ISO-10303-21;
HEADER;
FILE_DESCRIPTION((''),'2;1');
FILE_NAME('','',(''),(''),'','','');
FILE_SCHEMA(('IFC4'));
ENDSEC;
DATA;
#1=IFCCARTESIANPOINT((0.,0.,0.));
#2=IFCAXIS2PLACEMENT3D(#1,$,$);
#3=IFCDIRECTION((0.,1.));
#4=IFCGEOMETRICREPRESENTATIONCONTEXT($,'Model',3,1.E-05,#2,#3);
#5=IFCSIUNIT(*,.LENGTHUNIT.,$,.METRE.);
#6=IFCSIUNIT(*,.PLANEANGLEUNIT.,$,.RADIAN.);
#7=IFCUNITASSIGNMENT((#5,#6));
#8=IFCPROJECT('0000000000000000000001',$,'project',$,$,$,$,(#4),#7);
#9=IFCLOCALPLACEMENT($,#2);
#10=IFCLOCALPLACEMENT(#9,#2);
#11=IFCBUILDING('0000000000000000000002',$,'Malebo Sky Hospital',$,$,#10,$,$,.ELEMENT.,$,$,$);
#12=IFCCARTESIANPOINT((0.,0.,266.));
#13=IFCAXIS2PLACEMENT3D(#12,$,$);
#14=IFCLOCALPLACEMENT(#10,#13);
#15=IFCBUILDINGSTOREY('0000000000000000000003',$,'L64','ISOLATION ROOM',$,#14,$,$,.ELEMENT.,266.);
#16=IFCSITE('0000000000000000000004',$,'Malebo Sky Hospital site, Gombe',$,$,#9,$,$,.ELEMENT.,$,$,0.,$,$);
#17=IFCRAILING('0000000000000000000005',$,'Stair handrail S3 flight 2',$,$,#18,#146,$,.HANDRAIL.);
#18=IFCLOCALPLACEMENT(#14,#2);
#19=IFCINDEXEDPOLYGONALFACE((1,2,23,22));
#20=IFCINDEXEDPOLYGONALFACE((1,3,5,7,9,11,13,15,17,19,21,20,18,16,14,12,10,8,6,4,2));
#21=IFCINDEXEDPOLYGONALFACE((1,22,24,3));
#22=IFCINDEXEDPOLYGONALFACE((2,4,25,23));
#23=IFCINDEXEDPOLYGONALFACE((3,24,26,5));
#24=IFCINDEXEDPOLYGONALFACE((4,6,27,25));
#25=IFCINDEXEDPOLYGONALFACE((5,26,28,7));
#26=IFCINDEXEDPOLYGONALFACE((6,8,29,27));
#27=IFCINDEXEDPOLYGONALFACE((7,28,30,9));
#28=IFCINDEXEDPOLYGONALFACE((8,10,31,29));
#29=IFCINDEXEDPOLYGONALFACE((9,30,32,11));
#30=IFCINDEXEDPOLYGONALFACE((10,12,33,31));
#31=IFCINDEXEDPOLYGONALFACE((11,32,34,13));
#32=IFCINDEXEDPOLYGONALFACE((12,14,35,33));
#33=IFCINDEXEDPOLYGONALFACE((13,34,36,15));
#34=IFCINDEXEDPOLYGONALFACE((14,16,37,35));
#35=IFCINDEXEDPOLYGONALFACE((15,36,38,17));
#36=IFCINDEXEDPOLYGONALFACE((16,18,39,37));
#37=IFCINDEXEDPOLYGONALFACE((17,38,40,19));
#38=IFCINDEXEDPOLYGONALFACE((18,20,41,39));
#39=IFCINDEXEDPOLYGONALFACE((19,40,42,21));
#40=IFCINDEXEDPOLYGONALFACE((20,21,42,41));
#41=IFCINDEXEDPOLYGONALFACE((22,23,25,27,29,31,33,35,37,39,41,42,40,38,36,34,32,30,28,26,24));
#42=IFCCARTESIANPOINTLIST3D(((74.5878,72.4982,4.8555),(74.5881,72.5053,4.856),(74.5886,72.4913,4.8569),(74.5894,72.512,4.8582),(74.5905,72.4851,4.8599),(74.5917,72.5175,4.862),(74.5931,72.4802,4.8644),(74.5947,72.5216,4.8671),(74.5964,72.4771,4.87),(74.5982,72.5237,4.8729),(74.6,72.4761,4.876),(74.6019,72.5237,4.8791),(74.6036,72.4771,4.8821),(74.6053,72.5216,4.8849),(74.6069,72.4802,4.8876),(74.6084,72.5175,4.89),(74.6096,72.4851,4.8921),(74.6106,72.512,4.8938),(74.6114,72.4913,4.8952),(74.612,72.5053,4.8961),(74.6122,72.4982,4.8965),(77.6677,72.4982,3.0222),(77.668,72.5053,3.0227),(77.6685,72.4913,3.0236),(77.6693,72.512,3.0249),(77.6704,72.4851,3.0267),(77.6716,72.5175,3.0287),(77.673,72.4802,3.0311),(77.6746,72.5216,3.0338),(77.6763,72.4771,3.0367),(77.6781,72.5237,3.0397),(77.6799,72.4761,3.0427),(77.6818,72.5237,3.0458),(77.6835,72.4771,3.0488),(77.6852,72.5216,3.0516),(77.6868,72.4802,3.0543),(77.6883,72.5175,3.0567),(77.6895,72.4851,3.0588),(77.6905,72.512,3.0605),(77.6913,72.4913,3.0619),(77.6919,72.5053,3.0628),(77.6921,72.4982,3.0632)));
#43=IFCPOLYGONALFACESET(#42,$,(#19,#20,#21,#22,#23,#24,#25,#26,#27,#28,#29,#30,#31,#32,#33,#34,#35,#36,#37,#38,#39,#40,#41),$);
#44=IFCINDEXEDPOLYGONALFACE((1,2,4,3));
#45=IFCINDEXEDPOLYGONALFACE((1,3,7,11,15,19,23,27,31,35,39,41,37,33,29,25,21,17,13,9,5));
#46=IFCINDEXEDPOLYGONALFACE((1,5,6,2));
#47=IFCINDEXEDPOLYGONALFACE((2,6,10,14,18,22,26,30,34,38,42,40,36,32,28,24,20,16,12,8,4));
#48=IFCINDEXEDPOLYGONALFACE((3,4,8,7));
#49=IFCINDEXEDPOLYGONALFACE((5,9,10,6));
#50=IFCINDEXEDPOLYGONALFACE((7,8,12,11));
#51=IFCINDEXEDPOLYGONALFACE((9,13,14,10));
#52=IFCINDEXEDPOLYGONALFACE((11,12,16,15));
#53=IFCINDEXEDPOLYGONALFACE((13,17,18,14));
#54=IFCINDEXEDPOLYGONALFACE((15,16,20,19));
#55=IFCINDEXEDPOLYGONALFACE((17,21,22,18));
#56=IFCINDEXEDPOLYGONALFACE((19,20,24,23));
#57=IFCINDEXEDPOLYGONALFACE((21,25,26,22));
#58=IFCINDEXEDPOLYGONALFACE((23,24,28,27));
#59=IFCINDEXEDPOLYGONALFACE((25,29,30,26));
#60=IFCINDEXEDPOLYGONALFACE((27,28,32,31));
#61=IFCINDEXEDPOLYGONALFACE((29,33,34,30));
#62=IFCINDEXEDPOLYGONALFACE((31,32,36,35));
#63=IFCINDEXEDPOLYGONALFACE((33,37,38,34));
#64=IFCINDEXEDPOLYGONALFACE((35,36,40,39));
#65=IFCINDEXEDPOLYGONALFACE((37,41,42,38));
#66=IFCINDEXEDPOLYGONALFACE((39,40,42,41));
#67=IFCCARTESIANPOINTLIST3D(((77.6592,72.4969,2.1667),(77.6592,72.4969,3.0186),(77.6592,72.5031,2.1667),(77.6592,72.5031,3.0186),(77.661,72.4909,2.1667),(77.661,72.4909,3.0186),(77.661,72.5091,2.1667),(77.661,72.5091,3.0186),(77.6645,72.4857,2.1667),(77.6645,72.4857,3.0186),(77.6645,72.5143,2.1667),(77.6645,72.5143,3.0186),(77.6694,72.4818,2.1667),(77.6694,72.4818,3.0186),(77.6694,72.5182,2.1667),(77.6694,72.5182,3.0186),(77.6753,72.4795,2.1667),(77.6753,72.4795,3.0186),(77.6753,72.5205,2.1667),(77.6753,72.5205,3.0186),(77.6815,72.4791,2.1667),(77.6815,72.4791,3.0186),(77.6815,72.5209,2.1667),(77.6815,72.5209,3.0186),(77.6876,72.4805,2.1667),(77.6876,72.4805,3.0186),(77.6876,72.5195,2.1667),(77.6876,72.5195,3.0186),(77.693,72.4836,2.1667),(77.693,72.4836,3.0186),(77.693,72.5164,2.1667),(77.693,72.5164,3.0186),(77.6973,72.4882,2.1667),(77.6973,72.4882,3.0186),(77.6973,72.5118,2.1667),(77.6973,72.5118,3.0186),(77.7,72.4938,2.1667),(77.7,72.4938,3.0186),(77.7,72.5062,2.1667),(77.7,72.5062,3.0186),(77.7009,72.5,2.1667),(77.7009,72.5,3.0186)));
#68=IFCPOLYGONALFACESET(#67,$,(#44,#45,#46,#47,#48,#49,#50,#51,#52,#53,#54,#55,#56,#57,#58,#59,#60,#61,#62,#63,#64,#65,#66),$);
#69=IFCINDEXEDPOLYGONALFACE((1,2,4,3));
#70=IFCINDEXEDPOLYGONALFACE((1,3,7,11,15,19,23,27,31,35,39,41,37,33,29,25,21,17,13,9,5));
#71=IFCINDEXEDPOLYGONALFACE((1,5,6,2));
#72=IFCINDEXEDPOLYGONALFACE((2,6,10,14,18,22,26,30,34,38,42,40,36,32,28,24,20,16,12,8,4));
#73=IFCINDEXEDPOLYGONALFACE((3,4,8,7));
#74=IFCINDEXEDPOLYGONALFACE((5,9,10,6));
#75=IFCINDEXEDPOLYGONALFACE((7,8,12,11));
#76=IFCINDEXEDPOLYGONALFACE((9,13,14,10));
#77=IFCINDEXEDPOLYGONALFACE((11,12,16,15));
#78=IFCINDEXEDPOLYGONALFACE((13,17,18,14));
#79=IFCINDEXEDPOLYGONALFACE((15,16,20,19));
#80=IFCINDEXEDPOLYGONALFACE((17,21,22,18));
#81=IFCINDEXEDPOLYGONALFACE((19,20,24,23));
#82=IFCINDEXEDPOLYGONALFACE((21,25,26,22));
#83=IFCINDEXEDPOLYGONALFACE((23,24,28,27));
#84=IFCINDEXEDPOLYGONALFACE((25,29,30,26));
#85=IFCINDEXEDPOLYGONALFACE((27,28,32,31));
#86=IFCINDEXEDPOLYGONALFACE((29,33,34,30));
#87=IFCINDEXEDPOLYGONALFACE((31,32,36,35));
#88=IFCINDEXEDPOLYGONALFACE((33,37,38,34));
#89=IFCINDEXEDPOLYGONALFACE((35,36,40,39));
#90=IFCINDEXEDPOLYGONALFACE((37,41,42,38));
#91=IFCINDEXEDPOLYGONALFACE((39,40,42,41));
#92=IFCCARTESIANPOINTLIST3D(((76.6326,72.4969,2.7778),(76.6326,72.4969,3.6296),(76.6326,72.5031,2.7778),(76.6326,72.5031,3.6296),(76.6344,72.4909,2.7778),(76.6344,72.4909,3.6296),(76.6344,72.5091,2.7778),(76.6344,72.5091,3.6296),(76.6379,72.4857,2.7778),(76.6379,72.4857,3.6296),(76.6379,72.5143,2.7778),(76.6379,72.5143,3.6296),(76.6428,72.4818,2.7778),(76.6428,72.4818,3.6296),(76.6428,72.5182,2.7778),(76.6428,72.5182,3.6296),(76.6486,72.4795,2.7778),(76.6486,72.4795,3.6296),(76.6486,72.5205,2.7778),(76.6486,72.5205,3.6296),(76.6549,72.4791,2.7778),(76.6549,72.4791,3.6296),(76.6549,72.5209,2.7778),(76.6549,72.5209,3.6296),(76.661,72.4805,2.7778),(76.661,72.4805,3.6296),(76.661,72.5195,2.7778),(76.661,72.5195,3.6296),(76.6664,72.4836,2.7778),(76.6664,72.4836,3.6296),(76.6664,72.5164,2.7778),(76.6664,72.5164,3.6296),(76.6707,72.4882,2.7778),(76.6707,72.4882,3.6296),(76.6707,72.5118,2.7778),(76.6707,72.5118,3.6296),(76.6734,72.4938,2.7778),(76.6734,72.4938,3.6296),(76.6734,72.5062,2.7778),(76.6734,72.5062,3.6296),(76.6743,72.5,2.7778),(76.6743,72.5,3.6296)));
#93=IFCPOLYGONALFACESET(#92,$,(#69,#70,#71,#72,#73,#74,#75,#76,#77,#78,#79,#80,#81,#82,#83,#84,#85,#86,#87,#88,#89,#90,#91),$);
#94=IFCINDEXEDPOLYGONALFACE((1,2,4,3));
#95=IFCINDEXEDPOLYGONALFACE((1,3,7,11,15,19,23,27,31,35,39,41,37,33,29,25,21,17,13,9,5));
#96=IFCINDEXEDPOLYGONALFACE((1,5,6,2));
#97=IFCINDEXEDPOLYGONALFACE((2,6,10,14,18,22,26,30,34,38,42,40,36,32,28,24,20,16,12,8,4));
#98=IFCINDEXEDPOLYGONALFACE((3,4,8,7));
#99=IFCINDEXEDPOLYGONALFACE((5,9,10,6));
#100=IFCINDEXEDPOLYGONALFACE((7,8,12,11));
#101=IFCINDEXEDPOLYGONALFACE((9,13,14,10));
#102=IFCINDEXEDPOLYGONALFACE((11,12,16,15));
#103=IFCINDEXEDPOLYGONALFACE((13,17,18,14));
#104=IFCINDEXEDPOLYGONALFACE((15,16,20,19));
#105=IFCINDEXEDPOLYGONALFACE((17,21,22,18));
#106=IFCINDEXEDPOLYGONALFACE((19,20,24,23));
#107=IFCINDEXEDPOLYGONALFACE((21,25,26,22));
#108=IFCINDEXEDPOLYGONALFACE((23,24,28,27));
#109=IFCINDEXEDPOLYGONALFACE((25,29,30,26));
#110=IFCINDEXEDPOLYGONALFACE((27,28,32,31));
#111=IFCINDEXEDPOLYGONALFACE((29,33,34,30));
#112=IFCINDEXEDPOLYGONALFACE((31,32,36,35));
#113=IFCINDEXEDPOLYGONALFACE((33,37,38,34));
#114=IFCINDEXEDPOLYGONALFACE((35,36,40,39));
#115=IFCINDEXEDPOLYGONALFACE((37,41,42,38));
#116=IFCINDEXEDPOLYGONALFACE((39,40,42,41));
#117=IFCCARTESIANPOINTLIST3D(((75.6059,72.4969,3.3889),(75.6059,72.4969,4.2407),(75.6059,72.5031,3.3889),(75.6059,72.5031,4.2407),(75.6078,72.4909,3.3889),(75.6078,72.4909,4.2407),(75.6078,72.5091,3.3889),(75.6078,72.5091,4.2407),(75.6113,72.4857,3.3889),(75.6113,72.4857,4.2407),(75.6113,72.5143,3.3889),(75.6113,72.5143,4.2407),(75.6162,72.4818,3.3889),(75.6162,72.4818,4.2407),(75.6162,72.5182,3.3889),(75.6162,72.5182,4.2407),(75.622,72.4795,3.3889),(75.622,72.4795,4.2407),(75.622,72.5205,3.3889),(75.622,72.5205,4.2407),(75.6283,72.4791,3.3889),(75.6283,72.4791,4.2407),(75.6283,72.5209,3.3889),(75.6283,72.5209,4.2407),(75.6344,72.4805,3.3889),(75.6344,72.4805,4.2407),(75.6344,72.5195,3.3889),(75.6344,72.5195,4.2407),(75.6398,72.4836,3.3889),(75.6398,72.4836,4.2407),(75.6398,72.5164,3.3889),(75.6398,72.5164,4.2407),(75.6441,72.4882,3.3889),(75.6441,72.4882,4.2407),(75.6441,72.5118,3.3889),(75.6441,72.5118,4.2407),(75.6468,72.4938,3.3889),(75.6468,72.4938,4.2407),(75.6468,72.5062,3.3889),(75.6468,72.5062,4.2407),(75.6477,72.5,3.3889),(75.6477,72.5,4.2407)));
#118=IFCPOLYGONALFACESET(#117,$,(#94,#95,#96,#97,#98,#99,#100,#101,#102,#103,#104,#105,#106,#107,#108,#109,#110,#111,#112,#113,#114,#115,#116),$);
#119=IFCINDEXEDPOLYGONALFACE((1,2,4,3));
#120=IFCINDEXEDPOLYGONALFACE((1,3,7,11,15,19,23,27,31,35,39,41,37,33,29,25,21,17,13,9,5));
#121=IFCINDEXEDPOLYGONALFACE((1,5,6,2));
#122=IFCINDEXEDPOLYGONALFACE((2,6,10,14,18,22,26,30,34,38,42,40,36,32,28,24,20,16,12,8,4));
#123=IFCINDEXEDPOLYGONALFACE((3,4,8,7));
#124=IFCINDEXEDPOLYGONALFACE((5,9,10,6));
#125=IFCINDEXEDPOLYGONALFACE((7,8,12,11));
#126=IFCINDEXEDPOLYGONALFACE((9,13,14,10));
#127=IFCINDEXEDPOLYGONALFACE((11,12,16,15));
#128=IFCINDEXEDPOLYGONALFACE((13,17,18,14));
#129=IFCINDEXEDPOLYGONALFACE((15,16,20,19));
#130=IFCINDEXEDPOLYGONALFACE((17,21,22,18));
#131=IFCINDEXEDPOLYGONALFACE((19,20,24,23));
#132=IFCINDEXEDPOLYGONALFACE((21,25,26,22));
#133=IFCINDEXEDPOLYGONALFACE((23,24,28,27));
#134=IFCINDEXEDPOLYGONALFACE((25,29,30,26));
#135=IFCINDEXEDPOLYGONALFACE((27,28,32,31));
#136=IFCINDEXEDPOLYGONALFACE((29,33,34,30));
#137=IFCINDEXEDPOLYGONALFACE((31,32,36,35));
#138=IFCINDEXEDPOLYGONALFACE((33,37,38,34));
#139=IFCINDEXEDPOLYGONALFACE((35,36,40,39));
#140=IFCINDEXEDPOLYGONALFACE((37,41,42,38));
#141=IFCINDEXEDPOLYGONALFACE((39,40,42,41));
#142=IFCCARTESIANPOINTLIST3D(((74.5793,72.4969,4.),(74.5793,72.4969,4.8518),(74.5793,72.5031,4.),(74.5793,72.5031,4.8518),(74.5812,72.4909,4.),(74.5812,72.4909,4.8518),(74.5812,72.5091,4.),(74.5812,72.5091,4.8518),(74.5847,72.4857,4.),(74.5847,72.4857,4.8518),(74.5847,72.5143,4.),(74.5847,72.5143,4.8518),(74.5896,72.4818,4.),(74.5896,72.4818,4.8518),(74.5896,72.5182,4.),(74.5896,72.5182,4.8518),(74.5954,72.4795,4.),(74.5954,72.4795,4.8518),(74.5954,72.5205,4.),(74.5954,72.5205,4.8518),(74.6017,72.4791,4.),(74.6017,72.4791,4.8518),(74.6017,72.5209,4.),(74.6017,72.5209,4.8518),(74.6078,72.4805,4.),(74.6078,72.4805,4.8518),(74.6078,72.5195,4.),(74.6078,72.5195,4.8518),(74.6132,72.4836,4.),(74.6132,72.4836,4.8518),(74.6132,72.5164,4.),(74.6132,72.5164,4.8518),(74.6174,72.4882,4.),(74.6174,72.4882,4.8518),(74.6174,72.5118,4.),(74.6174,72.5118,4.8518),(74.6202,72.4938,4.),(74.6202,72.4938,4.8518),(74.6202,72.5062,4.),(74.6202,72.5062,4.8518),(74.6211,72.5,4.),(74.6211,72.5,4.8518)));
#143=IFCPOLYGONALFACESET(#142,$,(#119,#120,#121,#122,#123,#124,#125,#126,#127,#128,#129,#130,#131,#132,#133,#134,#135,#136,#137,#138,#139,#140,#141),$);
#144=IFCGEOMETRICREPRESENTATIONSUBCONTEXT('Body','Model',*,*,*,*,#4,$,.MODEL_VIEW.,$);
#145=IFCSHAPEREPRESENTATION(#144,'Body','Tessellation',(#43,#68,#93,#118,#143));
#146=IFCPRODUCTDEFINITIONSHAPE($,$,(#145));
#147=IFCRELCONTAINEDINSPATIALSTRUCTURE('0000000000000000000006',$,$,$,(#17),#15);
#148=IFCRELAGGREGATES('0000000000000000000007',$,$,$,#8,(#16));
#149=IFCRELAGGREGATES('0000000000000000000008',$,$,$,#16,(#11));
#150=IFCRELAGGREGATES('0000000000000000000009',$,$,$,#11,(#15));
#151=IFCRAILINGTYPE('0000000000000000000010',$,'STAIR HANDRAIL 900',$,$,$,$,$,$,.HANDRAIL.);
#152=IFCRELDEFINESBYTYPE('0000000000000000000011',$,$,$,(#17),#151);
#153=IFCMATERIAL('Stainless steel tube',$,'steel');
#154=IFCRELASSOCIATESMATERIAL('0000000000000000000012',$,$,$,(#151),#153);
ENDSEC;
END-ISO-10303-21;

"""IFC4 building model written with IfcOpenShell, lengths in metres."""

from ifc_helpers import new_model, si_unit, direction, frame, origin, origin_2d, place, context, subcontext, project, spatial, circle, extrude, material, type_object, element, save


model = new_model("IFC4")

# Units and contexts
model_context = context("Model", 3, precision=1e-05, world=origin(), true_north=direction((0.0, 1.0)))
body_context = subcontext(model_context, "Body", "Model", "MODEL_VIEW")
ifc_project = project(units=[si_unit("LENGTHUNIT", "METRE"), si_unit("PLANEANGLEUNIT", "RADIAN")], contexts=[model_context])

# Site, building, storey
site_placement = place(None, origin())
site = spatial("IfcSite", under=ifc_project, at=site_placement, Name="Malebo Sky Hospital site, Gombe", CompositionType="ELEMENT", RefElevation=0.0)
building_placement = place(site_placement, origin())
building = spatial("IfcBuilding", under=site, at=building_placement, Name="Malebo Sky Hospital", CompositionType="ELEMENT")
storey_placement = place(building_placement, frame((0.0, 0.0, 266.0)))
storey = spatial("IfcBuildingStorey", under=building, at=storey_placement, Name="L64", Description="ISOLATION ROOM", CompositionType="ELEMENT", Elevation=266.0)

# Railing
ifc_material_1 = material(Name="Stainless steel tube", Category="steel")
railing_type_1 = type_object("IfcRailingType", Name="STAIR HANDRAIL 900", PredefinedType="HANDRAIL", material=ifc_material_1)
railing_1_placement = place(storey_placement, frame((77.6799, 72.5, 2.1667)))
element("IfcRailing", 1, at=railing_1_placement, inside=storey, type_object=railing_type_1, Name="Stair handrail S3 flight 2", PredefinedType="HANDRAIL", context=body_context, shape_type="SweptSolid", body=[
    extrude(circle(Radius=0.0239, at=origin_2d()), frame((0.0, 0.0, 0.876), z_axis=(-0.859291, 0.0, 0.511487), x_axis=(0.0, -1.0, 0.0)), (0.0, 0.0, 1.0), 3.5842),
    extrude(circle(Radius=0.021, at=origin_2d()), origin(), (0.0, 0.0, 1.0), 0.8518),
    extrude(circle(Radius=0.021, at=origin_2d()), frame((-1.0266, 0.0, 0.6111)), (0.0, 0.0, 1.0), 0.8518),
    extrude(circle(Radius=0.021, at=origin_2d()), frame((-2.0532, 0.0, 1.2222)), (0.0, 0.0, 1.0), 0.8518),
    extrude(circle(Radius=0.021, at=origin_2d()), frame((-3.0798, 0.0, 1.8333)), (0.0, 0.0, 1.0), 0.8518),
])

save(model, "model.ifc")
